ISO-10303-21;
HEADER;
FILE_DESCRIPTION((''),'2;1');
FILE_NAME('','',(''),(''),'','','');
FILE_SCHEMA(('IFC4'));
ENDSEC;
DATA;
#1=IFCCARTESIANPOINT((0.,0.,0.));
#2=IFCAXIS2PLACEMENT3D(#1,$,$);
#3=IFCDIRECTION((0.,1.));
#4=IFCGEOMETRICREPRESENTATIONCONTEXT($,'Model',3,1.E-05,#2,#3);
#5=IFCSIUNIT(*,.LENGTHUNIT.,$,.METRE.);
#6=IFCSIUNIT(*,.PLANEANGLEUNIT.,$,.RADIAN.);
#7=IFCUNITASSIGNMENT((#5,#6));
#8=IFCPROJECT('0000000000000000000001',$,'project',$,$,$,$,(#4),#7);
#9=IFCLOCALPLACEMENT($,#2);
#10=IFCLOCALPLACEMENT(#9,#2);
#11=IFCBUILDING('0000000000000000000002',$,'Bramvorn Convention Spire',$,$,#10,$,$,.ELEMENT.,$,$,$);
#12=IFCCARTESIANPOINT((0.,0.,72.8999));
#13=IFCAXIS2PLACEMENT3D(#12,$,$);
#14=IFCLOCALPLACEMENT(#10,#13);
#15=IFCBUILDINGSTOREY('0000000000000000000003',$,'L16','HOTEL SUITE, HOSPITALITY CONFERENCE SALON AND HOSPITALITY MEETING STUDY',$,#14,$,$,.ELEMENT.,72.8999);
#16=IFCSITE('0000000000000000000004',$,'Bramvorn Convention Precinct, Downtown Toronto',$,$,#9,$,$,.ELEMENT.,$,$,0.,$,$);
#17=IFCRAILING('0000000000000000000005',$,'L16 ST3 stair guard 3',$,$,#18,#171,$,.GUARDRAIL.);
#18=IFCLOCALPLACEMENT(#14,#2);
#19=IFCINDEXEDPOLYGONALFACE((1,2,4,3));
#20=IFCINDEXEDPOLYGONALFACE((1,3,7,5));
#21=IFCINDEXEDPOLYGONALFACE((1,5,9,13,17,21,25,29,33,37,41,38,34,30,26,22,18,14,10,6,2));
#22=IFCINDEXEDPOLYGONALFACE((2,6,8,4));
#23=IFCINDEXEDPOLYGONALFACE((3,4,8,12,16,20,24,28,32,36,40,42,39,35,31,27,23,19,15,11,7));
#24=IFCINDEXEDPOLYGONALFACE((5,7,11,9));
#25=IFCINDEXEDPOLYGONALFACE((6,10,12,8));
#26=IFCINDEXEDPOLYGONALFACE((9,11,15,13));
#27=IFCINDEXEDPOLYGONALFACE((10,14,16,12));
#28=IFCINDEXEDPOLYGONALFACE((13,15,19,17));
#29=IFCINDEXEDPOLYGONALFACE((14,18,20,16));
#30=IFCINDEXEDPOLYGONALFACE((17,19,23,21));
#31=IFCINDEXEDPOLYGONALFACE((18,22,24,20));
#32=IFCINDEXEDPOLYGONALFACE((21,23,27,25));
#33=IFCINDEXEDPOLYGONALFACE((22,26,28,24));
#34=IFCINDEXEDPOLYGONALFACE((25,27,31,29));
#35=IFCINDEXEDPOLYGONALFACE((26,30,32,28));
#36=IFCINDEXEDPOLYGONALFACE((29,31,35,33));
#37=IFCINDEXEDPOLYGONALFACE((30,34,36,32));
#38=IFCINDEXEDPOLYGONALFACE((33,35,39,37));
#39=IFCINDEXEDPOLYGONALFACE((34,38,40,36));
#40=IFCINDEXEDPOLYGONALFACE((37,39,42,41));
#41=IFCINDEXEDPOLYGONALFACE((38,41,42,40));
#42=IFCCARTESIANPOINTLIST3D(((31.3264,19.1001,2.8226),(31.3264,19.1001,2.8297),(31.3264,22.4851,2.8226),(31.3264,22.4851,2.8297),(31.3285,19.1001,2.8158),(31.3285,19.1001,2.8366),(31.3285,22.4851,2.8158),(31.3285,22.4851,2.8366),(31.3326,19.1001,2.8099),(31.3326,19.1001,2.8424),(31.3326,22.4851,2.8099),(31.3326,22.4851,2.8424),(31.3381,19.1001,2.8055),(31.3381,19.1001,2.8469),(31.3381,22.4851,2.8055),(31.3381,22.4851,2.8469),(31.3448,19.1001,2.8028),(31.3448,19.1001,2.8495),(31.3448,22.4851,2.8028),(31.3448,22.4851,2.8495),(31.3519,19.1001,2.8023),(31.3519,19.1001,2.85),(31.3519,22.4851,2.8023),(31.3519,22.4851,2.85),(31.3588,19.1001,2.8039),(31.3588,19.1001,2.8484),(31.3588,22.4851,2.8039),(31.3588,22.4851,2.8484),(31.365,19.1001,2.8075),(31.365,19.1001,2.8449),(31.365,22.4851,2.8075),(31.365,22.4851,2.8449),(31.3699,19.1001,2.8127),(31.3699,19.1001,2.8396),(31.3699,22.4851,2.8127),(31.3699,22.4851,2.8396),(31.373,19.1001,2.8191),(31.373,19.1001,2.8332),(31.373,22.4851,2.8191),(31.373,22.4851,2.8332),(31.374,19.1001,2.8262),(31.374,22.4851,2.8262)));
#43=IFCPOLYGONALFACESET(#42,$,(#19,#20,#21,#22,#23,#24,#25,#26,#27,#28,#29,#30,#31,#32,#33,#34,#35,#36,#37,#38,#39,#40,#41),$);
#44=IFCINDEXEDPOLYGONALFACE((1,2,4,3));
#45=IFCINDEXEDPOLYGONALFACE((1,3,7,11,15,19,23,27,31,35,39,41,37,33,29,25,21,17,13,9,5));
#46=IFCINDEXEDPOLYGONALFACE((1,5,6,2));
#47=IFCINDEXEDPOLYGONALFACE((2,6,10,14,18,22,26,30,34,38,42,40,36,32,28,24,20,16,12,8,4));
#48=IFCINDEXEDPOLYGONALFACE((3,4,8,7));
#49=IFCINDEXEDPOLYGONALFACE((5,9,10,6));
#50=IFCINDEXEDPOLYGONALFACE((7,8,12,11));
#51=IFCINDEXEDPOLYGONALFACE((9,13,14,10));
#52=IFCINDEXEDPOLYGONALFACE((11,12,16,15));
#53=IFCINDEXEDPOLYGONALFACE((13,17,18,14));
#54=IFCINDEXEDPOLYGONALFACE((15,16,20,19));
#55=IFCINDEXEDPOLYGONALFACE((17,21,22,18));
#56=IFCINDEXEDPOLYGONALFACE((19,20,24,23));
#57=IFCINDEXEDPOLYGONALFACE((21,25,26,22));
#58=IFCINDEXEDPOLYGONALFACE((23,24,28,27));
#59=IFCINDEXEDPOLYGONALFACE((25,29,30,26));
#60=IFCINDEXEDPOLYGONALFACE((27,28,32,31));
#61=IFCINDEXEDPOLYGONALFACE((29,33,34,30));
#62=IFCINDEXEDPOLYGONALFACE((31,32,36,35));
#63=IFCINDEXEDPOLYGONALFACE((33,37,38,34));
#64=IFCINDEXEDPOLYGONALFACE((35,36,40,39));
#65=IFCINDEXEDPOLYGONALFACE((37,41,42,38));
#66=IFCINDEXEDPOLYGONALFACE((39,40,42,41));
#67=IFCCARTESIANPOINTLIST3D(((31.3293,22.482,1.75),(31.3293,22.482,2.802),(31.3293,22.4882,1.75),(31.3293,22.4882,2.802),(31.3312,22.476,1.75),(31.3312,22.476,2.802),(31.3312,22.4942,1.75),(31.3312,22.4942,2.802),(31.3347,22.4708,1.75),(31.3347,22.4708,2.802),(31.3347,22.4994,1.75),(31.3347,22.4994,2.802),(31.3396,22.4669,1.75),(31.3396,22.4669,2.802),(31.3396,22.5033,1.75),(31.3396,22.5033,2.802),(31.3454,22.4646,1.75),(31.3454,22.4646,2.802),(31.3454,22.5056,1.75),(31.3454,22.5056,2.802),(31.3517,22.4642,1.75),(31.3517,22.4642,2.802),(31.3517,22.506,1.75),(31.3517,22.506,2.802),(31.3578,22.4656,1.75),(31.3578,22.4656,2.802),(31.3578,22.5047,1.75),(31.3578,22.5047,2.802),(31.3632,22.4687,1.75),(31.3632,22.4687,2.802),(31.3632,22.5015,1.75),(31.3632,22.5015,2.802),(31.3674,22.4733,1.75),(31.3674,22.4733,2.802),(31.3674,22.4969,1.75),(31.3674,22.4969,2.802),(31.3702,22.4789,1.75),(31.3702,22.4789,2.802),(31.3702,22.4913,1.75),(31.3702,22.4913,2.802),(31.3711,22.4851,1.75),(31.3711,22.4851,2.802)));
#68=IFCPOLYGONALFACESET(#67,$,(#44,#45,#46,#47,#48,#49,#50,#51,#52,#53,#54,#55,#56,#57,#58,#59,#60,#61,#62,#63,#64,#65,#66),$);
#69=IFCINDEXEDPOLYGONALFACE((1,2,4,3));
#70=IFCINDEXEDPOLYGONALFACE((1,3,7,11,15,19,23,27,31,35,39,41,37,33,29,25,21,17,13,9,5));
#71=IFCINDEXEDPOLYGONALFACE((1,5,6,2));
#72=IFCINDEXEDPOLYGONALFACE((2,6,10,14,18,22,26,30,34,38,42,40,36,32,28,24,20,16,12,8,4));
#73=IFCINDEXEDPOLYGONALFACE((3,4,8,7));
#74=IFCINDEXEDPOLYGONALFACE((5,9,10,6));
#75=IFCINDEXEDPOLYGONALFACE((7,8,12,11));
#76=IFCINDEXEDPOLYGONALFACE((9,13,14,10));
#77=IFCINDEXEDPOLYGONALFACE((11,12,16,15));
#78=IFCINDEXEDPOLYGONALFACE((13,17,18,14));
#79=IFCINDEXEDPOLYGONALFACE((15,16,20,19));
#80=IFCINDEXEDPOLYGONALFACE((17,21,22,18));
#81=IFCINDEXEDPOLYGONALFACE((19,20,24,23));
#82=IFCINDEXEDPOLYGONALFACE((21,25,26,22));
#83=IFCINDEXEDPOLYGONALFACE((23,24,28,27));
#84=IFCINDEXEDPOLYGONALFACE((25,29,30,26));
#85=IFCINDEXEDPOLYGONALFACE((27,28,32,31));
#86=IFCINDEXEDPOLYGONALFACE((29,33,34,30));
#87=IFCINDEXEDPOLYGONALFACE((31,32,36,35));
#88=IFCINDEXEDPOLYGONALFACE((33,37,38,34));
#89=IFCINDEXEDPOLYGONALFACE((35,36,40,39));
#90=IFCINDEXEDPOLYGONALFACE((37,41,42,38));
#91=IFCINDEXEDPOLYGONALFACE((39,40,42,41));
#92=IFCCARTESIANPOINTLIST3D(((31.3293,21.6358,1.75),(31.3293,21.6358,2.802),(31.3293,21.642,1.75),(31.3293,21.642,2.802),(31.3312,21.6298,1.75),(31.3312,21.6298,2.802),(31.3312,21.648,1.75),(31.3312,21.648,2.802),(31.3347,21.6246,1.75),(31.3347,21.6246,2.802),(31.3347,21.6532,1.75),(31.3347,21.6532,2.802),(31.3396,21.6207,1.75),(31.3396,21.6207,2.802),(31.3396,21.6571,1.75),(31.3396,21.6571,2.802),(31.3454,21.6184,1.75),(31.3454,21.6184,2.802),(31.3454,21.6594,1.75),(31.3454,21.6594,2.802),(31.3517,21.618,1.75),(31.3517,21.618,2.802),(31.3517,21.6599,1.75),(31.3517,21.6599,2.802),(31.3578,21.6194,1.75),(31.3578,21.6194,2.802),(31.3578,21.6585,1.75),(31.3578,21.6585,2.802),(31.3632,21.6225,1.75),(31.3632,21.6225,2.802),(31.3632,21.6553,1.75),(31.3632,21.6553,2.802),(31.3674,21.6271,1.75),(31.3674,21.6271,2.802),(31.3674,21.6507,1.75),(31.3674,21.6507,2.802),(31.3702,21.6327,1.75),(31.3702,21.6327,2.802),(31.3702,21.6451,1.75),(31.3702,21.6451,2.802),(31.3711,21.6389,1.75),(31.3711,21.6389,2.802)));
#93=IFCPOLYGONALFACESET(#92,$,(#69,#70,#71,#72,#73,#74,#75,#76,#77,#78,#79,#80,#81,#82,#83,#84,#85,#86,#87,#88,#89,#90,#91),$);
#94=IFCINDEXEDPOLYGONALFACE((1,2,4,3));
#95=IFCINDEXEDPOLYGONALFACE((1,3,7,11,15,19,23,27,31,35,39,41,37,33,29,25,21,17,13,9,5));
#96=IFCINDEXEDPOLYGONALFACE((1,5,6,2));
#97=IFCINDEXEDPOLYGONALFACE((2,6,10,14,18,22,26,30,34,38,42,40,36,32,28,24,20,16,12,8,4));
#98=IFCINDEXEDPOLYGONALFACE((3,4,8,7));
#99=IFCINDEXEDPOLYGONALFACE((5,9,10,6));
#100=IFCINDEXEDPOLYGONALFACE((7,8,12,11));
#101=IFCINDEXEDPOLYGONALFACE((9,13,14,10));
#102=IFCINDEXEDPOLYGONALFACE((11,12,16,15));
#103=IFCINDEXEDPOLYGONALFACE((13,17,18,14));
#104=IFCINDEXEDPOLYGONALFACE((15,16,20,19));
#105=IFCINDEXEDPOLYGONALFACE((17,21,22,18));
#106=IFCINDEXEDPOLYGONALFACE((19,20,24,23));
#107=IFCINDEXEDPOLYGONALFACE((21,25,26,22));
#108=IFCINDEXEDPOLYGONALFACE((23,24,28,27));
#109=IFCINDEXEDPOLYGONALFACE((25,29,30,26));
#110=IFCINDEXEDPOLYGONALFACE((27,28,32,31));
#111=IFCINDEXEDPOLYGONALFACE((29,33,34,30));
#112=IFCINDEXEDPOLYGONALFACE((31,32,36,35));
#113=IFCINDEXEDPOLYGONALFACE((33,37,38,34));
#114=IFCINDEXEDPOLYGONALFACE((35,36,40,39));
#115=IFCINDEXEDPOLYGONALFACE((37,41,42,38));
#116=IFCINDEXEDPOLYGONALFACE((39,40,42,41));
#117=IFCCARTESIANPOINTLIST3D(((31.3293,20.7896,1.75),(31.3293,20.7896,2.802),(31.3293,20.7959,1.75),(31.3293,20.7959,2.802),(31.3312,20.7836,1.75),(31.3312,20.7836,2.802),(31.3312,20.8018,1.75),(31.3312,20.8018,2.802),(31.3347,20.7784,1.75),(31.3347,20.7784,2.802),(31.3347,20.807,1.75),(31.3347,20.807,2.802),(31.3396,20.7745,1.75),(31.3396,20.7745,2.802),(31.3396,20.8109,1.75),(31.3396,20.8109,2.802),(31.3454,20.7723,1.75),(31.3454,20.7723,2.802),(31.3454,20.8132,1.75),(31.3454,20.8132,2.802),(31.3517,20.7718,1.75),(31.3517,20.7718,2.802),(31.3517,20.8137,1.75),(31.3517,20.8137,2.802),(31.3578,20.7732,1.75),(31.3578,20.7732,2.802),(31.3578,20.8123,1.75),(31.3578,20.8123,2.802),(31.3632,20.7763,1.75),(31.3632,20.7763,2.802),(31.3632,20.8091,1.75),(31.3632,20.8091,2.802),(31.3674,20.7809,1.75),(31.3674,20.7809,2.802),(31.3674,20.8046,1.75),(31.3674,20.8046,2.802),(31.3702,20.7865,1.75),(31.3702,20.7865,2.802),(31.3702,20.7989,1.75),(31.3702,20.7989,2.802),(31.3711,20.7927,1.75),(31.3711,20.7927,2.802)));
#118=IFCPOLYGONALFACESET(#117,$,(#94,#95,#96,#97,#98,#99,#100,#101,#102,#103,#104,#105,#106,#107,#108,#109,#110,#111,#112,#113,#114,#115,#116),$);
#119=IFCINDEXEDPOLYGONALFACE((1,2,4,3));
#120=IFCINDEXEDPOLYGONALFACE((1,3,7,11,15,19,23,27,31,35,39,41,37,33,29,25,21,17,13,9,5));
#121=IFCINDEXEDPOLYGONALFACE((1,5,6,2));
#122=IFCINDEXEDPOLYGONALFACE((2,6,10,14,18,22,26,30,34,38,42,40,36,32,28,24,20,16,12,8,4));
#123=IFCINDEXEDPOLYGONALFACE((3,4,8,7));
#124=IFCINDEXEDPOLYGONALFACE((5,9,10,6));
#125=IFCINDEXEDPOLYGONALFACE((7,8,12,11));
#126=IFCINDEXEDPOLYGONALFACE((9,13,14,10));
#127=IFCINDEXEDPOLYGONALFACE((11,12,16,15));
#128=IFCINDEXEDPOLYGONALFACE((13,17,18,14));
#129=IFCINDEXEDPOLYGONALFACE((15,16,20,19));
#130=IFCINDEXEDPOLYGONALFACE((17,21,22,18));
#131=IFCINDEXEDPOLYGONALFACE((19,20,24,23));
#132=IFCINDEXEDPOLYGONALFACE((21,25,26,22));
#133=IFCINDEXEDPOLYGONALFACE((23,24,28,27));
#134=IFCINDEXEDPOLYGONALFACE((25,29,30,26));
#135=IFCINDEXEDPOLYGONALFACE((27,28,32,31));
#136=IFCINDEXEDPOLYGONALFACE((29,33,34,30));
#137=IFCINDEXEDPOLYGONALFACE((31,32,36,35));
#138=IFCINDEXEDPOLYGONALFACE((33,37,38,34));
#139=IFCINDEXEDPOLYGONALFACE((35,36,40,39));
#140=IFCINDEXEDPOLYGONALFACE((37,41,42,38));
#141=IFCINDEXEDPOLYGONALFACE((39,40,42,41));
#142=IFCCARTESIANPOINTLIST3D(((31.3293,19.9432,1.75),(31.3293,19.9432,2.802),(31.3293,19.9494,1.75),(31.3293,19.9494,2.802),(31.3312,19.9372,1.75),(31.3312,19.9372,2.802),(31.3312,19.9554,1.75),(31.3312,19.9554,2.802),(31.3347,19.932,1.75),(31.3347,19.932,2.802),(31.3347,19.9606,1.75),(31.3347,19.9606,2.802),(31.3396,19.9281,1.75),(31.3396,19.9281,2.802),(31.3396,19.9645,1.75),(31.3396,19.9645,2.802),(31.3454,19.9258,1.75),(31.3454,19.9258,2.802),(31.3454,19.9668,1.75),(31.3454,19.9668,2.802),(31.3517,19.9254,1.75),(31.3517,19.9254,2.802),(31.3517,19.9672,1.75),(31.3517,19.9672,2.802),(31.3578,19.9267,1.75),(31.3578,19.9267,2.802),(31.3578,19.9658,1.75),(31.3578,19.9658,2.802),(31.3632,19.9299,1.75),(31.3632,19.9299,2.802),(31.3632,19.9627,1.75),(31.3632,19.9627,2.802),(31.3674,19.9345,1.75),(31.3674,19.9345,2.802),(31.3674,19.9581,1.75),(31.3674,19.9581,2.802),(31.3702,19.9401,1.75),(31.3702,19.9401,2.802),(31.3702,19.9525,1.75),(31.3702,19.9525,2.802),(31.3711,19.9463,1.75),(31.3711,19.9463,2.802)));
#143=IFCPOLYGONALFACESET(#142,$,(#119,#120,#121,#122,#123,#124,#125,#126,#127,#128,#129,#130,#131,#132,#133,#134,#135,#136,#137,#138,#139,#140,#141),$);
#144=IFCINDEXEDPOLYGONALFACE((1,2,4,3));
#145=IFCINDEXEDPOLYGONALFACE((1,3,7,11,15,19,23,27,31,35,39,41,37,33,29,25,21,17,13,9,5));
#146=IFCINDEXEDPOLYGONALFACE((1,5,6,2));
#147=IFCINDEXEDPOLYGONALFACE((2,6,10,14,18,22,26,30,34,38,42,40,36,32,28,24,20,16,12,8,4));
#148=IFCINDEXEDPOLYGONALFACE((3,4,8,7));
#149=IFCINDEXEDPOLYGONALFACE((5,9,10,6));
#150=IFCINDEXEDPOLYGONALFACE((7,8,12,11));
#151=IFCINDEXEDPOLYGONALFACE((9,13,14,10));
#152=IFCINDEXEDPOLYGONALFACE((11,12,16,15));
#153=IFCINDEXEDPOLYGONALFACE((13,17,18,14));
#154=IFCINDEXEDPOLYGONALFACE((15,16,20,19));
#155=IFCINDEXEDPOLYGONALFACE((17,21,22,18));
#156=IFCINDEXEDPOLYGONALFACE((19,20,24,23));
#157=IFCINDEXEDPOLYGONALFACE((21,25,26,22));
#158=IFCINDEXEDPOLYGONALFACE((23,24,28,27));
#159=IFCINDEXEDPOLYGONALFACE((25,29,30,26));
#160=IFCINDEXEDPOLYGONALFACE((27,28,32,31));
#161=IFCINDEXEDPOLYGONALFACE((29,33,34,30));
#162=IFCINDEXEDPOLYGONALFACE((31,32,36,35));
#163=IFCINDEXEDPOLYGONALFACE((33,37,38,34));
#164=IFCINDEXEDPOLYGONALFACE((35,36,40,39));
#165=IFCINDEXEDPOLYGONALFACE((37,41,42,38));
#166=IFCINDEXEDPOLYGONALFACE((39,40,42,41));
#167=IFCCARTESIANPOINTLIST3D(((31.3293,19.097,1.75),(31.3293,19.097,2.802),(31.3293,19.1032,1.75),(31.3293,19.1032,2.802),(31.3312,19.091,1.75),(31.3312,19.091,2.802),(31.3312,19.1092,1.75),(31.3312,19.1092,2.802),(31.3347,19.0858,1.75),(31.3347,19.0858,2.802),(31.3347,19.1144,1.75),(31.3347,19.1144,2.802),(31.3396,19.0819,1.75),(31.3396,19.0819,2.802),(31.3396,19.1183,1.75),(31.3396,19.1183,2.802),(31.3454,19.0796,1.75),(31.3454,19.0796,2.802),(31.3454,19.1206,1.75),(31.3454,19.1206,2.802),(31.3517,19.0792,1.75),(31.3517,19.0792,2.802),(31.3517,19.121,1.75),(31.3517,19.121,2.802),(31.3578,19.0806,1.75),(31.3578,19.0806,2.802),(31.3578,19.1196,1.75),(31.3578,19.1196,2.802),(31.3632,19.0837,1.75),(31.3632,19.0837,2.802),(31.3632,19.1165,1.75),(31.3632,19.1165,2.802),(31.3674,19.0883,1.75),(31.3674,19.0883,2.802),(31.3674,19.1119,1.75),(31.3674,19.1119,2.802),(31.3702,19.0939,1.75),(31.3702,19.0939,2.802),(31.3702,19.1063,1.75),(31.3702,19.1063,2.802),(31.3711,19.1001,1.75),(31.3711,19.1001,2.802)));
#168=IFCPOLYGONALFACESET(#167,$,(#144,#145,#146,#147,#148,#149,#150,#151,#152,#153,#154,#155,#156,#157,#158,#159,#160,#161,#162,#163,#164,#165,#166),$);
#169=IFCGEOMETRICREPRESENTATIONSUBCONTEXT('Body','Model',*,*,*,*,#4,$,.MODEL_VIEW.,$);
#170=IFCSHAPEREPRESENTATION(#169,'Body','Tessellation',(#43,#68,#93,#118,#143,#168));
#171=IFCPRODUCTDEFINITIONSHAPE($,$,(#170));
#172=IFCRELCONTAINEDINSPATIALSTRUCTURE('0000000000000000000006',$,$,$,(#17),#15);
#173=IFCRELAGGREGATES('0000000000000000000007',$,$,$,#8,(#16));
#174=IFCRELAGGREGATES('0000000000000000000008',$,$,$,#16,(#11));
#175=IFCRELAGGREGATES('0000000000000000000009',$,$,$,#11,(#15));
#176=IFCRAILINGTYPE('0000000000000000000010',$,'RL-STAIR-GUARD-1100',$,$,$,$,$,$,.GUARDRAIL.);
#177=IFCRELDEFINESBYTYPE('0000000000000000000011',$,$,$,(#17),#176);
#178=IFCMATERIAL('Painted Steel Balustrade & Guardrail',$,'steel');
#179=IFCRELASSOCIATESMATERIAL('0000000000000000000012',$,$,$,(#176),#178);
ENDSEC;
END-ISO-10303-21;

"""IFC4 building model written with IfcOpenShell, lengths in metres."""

from ifc_helpers import new_model, si_unit, direction, frame, origin, origin_2d, place, context, subcontext, project, spatial, circle, extrude, material, type_object, element, save


model = new_model("IFC4")

# Units and contexts
model_context = context("Model", 3, precision=1e-05, world=origin(), true_north=direction((0.0, 1.0)))
body_context = subcontext(model_context, "Body", "Model", "MODEL_VIEW")
ifc_project = project(units=[si_unit("LENGTHUNIT", "METRE"), si_unit("PLANEANGLEUNIT", "RADIAN")], contexts=[model_context])

# Site, building, storey
site_placement = place(None, origin())
site = spatial("IfcSite", under=ifc_project, at=site_placement, Name="Bramvorn Convention Precinct, Downtown Toronto", CompositionType="ELEMENT", RefElevation=0.0)
building_placement = place(site_placement, origin())
building = spatial("IfcBuilding", under=site, at=building_placement, Name="Bramvorn Convention Spire", CompositionType="ELEMENT")
storey_placement = place(building_placement, frame((0.0, 0.0, 72.8999)))
storey = spatial("IfcBuildingStorey", under=building, at=storey_placement, Name="L16", Description="HOTEL SUITE, HOSPITALITY CONFERENCE SALON AND HOSPITALITY MEETING STUDY", CompositionType="ELEMENT", Elevation=72.8999)

# Railing
ifc_material_1 = material(Name="Painted Steel Balustrade & Guardrail", Category="steel")
railing_type_1 = type_object("IfcRailingType", Name="RL-STAIR-GUARD-1100", PredefinedType="GUARDRAIL", material=ifc_material_1)
railing_1_placement = place(storey_placement, frame((31.3501, 22.4851, 1.75)))
element("IfcRailing", 1, at=railing_1_placement, inside=storey, type_object=railing_type_1, Name="L16 ST3 stair guard 3", PredefinedType="GUARDRAIL", context=body_context, shape_type="SweptSolid", body=[
    extrude(circle(Radius=0.0239, at=origin_2d()), frame((0.0, 0.0, 1.0762), z_axis=(0.0, -1.0, 0.0), x_axis=(1.0, 0.0, 0.0)), (0.0, 0.0, 1.0), 3.385),
    extrude(circle(Radius=0.021, at=origin_2d()), origin(), (0.0, 0.0, 1.0), 1.052),
    extrude(circle(Radius=0.021, at=origin_2d()), frame((0.0, -0.8462, 0.0)), (0.0, 0.0, 1.0), 1.052),
    extrude(circle(Radius=0.021, at=origin_2d()), frame((0.0, -1.6924, 0.0)), (0.0, 0.0, 1.0), 1.052),
    extrude(circle(Radius=0.021, at=origin_2d()), frame((0.0, -2.5388, 0.0)), (0.0, 0.0, 1.0), 1.052),
    extrude(circle(Radius=0.021, at=origin_2d()), frame((0.0, -3.385, 0.0)), (0.0, 0.0, 1.0), 1.052),
])

save(model, "model.ifc")
